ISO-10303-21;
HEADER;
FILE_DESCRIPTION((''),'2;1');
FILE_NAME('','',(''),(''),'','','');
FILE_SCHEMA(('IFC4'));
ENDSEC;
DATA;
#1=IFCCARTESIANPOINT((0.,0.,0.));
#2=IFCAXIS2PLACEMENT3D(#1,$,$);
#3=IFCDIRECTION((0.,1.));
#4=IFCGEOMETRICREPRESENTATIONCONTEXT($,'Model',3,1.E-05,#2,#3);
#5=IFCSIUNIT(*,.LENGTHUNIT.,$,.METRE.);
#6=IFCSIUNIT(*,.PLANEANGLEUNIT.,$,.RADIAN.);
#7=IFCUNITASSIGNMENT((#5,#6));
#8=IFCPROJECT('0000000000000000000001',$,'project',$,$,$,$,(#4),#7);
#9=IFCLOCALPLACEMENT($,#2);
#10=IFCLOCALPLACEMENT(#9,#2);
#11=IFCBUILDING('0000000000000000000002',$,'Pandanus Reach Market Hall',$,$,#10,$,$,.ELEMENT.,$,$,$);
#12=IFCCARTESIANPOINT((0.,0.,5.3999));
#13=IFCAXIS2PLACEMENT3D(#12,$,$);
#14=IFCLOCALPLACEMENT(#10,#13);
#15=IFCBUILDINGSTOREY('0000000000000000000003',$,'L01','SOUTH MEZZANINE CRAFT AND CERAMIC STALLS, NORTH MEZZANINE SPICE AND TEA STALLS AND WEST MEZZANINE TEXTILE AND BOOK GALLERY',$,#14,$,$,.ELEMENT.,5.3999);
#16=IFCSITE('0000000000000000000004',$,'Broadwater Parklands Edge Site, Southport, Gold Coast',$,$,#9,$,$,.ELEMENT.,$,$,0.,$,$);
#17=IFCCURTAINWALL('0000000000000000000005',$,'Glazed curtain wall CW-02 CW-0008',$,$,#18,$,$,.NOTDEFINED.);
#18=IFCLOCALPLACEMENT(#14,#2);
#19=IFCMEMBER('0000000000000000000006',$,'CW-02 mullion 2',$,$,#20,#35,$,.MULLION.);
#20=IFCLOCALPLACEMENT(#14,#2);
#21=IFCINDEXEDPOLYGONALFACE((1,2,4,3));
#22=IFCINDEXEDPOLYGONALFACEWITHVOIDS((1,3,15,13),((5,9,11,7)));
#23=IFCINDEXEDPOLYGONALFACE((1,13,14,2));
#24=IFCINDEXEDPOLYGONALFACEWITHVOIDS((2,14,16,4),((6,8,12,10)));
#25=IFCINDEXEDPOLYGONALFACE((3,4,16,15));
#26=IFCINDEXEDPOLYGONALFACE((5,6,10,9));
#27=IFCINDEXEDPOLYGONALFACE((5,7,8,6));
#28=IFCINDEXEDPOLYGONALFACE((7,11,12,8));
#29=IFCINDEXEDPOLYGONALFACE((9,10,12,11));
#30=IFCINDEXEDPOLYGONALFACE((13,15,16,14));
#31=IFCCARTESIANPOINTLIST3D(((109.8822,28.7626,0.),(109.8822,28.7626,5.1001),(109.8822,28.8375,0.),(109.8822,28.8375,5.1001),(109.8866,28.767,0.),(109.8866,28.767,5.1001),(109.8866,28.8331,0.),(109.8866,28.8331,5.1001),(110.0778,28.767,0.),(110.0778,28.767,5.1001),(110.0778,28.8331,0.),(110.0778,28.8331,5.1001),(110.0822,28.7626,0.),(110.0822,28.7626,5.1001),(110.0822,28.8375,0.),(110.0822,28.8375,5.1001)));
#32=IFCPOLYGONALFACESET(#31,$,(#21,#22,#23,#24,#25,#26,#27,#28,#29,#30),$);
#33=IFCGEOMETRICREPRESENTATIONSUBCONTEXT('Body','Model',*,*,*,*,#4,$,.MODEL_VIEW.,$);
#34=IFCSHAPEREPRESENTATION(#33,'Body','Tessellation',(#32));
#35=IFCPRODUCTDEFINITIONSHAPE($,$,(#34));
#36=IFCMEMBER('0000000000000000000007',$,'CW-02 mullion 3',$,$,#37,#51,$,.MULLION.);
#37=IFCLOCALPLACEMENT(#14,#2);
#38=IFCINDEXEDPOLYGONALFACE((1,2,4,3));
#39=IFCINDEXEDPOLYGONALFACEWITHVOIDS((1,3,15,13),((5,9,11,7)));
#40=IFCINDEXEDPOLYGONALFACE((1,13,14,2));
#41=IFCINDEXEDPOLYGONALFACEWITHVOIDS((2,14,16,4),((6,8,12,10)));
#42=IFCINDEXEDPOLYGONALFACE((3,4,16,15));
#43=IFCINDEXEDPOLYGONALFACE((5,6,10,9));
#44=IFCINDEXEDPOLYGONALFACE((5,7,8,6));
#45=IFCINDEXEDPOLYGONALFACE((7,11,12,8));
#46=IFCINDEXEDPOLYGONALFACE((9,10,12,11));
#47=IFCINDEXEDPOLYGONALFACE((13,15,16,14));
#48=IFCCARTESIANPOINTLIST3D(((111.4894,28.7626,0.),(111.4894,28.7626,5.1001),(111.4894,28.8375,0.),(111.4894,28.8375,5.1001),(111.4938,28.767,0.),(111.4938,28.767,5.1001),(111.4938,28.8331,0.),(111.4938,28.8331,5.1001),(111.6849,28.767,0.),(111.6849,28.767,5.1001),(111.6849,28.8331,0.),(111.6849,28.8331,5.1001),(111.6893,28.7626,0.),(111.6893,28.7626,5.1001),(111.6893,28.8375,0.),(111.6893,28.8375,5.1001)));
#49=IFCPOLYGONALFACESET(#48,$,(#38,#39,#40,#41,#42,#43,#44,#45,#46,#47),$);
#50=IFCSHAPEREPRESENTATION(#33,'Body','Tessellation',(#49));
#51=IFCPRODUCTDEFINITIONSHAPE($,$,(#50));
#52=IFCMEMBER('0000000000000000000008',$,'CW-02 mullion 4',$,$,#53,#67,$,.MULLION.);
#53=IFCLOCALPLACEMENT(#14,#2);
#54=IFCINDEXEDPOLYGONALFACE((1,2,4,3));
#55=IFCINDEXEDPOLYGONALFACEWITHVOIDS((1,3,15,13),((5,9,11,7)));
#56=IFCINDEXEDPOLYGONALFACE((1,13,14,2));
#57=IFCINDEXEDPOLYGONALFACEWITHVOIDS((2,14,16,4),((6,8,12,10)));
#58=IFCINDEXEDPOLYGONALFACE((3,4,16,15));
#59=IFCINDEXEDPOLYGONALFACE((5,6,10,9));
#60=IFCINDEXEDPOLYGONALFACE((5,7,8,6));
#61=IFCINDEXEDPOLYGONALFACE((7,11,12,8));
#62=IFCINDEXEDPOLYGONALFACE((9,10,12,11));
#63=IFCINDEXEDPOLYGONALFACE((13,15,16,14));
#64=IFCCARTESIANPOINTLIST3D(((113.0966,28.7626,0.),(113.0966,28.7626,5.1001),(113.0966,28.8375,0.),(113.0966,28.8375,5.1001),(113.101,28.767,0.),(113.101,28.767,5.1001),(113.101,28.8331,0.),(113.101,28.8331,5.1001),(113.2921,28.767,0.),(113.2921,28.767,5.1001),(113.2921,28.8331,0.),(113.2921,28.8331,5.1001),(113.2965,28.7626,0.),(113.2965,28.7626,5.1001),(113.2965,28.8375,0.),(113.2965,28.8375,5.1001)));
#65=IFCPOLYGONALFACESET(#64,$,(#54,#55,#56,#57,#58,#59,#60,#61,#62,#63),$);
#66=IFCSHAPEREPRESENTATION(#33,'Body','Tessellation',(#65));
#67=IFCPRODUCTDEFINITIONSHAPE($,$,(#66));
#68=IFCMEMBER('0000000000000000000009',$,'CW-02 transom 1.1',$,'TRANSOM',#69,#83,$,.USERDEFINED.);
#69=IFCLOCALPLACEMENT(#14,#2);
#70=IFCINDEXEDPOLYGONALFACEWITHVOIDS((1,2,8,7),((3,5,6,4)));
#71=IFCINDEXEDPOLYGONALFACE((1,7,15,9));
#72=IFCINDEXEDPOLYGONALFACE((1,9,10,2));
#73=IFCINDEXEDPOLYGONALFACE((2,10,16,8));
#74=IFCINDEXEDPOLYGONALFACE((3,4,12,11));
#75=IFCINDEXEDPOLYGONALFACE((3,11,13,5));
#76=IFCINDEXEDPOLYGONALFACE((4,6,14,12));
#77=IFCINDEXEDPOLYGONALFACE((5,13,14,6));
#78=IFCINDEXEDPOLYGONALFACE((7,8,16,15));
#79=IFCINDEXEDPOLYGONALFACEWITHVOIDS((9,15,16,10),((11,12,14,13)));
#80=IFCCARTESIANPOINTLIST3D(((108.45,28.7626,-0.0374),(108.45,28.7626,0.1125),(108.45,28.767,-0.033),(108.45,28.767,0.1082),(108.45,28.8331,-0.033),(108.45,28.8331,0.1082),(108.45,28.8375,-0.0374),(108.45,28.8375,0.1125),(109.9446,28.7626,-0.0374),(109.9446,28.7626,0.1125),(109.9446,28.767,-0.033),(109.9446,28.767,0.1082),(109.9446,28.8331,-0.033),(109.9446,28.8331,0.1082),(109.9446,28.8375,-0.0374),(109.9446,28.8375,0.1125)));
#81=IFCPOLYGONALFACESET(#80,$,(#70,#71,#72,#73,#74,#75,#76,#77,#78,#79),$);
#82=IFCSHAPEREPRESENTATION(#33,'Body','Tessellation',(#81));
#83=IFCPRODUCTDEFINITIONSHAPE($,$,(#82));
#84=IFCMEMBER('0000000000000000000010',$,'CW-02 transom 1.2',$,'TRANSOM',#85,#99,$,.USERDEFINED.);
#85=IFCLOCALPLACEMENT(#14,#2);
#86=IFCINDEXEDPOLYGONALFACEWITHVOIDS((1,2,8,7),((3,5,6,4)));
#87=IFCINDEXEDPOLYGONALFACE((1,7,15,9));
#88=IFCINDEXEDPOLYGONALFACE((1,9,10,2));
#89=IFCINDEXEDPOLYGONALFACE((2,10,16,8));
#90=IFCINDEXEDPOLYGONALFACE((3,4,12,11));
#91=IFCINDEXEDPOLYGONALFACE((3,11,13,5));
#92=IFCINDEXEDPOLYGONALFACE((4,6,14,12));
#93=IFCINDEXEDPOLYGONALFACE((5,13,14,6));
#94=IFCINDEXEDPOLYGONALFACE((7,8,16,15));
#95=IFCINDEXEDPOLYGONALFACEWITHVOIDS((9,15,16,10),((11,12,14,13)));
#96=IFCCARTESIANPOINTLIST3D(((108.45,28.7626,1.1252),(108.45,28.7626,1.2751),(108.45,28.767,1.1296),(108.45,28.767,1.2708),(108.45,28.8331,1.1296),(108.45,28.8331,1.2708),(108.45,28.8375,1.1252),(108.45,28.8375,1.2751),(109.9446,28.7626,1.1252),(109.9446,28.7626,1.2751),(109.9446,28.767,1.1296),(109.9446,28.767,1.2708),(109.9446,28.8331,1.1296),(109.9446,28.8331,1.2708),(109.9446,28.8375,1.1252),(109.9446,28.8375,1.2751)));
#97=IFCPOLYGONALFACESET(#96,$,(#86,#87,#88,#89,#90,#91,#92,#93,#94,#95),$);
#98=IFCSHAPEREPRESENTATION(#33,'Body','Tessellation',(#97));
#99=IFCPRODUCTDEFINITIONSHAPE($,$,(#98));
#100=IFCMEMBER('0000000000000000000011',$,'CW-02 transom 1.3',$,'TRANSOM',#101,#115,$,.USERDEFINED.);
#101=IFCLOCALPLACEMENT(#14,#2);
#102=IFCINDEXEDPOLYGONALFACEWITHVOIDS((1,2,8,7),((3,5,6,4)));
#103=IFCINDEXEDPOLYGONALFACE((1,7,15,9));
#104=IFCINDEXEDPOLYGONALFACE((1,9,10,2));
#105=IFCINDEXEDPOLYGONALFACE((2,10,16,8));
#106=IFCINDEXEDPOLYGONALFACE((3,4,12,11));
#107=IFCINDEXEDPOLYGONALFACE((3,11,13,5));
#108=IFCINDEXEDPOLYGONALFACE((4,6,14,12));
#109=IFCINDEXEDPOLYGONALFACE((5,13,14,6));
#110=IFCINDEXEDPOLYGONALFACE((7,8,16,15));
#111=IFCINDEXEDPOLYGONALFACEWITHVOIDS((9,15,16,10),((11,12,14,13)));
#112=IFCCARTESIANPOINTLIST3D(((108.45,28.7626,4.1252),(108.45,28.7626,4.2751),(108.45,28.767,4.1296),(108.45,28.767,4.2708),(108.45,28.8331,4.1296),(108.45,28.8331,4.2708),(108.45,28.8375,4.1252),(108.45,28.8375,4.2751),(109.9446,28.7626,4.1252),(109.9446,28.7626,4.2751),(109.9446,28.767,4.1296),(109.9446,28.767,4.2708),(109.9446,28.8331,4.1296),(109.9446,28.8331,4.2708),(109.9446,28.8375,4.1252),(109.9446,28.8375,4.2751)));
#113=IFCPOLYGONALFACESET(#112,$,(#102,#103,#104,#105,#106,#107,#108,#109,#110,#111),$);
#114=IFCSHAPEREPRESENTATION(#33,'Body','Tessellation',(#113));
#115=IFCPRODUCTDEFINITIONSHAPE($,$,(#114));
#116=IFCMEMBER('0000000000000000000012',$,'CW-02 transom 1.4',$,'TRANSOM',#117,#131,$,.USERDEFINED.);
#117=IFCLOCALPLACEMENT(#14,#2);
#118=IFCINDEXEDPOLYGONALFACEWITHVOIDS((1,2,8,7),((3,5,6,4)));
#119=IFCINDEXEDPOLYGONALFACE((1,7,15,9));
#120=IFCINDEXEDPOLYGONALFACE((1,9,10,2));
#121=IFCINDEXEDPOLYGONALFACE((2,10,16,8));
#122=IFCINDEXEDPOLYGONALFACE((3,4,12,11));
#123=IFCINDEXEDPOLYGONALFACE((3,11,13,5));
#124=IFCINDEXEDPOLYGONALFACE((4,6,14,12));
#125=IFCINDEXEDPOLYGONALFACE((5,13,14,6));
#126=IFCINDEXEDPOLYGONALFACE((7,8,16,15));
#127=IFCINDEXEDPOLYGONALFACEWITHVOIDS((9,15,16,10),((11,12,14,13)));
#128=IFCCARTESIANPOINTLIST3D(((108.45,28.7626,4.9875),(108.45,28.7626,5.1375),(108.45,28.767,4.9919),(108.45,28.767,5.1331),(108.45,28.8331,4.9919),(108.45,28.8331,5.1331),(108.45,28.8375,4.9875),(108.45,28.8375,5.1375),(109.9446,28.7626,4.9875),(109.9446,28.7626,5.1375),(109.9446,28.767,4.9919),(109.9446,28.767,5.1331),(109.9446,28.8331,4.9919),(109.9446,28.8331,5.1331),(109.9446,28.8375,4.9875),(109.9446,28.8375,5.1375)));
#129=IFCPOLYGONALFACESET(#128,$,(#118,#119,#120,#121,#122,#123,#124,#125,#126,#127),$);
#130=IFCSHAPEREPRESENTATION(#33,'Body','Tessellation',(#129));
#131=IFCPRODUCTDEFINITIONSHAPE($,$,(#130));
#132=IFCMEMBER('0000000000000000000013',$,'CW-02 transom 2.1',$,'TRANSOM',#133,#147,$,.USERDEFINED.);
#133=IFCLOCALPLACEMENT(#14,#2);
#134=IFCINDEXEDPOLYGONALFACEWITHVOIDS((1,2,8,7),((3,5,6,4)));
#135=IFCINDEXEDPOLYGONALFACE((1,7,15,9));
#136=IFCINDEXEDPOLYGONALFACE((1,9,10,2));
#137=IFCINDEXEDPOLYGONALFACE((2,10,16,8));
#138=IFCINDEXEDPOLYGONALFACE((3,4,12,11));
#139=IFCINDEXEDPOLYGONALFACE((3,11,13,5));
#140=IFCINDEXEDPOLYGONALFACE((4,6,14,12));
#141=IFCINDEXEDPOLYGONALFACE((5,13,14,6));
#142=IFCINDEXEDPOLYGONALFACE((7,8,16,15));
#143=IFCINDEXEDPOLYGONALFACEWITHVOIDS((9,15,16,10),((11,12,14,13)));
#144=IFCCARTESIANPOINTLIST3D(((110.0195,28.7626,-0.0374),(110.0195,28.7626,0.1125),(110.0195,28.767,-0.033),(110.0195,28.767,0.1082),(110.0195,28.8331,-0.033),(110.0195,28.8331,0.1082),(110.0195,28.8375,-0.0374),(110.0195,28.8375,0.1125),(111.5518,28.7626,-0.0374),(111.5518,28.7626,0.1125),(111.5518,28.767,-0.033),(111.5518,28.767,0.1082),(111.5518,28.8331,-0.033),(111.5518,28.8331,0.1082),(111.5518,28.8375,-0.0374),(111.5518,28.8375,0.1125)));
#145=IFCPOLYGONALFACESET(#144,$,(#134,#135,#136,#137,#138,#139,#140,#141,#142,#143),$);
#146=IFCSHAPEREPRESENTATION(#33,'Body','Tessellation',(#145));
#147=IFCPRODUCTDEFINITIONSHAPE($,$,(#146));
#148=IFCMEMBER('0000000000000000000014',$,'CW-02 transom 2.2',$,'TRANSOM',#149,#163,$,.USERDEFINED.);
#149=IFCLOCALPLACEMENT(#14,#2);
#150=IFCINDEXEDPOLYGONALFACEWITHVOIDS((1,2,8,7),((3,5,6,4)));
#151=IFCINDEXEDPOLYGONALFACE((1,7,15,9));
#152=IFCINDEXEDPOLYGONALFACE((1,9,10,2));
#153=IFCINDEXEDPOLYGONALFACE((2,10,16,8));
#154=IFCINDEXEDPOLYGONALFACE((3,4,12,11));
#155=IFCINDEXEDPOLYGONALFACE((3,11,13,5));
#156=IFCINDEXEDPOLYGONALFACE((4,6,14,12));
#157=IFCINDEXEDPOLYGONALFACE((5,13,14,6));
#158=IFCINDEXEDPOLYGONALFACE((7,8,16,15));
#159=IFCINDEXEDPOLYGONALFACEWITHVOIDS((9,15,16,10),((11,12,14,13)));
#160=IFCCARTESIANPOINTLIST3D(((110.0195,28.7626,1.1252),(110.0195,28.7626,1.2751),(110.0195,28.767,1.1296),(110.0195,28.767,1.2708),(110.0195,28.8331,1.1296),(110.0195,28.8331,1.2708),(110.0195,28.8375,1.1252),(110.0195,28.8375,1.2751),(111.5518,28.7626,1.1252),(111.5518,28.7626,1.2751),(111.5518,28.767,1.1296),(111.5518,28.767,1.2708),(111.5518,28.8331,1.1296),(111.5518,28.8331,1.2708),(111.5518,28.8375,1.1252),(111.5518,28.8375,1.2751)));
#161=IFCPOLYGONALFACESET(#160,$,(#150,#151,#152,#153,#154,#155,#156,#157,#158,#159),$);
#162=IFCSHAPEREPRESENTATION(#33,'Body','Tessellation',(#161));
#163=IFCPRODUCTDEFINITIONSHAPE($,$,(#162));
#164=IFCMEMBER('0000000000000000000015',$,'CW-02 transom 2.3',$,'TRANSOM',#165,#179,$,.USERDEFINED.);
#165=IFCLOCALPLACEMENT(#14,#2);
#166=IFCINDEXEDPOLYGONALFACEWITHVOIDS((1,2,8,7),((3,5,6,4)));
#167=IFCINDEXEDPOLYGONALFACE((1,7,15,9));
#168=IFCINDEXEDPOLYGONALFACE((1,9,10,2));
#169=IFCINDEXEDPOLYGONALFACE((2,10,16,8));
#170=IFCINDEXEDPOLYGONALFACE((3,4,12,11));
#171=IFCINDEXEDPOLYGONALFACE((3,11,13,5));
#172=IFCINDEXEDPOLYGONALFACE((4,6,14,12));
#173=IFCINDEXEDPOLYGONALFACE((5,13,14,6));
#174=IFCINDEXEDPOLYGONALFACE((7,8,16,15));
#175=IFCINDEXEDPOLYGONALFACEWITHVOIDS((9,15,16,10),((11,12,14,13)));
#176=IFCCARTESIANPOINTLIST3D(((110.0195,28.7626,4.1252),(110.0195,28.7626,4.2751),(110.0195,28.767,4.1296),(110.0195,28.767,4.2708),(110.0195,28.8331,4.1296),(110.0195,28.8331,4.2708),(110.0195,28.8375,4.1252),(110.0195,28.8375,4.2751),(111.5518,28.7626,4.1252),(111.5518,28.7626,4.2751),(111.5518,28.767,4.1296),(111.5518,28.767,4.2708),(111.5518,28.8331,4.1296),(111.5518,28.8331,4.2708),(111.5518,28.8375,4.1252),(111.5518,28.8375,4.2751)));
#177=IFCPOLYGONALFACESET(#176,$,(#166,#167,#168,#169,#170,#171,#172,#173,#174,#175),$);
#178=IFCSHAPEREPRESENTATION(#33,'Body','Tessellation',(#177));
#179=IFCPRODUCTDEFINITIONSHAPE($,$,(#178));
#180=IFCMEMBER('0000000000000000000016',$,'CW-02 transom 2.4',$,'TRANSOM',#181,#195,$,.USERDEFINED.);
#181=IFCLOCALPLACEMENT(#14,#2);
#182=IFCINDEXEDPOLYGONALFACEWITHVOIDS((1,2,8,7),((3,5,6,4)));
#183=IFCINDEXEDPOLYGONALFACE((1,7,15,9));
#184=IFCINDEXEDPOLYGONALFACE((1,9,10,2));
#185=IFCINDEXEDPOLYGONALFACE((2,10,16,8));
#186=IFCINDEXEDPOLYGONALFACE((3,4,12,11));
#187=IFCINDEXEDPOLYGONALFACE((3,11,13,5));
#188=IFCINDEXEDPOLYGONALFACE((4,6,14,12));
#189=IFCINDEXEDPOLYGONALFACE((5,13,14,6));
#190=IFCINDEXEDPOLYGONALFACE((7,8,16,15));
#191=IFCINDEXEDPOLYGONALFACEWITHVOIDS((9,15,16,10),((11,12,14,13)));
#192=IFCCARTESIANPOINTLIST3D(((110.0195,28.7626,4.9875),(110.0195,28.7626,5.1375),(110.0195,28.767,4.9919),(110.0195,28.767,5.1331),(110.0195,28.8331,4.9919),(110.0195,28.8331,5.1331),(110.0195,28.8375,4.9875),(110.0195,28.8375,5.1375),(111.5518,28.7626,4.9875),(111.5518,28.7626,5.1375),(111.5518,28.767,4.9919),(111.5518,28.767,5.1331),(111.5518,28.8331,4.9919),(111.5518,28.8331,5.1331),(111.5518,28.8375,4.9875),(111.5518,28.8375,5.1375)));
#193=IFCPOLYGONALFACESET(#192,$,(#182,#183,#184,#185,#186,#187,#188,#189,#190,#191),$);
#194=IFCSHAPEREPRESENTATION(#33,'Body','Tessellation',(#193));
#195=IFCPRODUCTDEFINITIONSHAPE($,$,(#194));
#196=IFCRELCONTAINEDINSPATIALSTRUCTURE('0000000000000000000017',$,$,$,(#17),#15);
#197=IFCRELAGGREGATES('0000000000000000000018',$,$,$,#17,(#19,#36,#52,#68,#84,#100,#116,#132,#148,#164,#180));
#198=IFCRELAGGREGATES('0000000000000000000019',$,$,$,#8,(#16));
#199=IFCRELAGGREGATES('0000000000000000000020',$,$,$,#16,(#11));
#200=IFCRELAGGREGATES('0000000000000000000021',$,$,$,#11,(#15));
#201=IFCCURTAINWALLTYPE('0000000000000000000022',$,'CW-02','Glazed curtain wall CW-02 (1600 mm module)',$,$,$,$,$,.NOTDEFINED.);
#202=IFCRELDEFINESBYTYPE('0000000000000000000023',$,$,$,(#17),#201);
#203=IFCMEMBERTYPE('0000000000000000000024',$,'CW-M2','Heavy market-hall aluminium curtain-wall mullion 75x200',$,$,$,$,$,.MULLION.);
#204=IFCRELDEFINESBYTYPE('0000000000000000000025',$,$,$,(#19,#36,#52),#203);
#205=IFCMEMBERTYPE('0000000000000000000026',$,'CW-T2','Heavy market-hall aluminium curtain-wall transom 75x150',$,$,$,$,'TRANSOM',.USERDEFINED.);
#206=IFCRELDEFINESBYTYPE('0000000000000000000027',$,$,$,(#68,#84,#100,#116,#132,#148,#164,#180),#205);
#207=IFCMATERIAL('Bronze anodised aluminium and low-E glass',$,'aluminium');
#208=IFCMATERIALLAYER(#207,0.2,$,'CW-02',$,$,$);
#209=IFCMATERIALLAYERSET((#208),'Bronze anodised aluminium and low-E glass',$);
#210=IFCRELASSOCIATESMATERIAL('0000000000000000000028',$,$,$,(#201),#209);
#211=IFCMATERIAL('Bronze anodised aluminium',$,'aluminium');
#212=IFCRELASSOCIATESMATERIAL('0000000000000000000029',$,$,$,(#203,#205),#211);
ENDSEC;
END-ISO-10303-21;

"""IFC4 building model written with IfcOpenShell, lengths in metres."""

from ifc_helpers import new_model, si_unit, direction, frame, origin, origin_2d, place, context, subcontext, project, spatial, hollow_rectangle, extrude, material, layer, layer_set, material_profile, profile_set, type_object, element, aggregate, save


model = new_model("IFC4")

# Units and contexts
model_context = context("Model", 3, precision=1e-05, world=origin(), true_north=direction((0.0, 1.0)))
body_context = subcontext(model_context, "Body", "Model", "MODEL_VIEW")
ifc_project = project(units=[si_unit("LENGTHUNIT", "METRE"), si_unit("PLANEANGLEUNIT", "RADIAN")], contexts=[model_context])

# Site, building, storey
site_placement = place(None, origin())
site = spatial("IfcSite", under=ifc_project, at=site_placement, Name="Broadwater Parklands Edge Site, Southport, Gold Coast", CompositionType="ELEMENT", RefElevation=0.0)
building_placement = place(site_placement, origin())
building = spatial("IfcBuilding", under=site, at=building_placement, Name="Pandanus Reach Market Hall", CompositionType="ELEMENT")
storey_placement = place(building_placement, frame((0.0, 0.0, 5.3999)))
storey = spatial("IfcBuildingStorey", under=building, at=storey_placement, Name="L01", Description="SOUTH MEZZANINE CRAFT AND CERAMIC STALLS, NORTH MEZZANINE SPICE AND TEA STALLS AND WEST MEZZANINE TEXTILE AND BOOK GALLERY", CompositionType="ELEMENT", Elevation=5.3999)

# Curtain wall, members
ifc_material_1 = material(Name="Bronze anodised aluminium and low-E glass", Category="aluminium")
ifc_layer_1 = layer(ifc_material_1, 0.2, Name="CW-02")
ifc_layer_set_1 = layer_set([ifc_layer_1], Name="Bronze anodised aluminium and low-E glass")
curtain_wall_type = type_object("IfcCurtainWallType", Name="CW-02", Description="Glazed curtain wall CW-02 (1600 mm module)", PredefinedType="NOTDEFINED", material=ifc_layer_set_1)
curtain_wall_placement = place(storey_placement, origin())
curtain_wall = element("IfcCurtainWall", 1, at=curtain_wall_placement, inside=storey, type_object=curtain_wall_type, Name="Glazed curtain wall CW-02 CW-0008", PredefinedType="NOTDEFINED")
ifc_material_2 = material(Name="Bronze anodised aluminium", Category="aluminium")
ifc_material_profile_1 = material_profile(ifc_material_2, hollow_rectangle(XDim=0.075, YDim=0.2, WallThickness=0.0044, at=origin_2d()), Name="ALU75x200", Category="LoadBearing")
ifc_profile_set_1 = profile_set([ifc_material_profile_1], Name="Bronze anodised aluminium")
member_type_1 = type_object("IfcMemberType", Name="CW-M2", Description="Heavy market-hall aluminium curtain-wall mullion 75x200", PredefinedType="MULLION", material=ifc_profile_set_1)
member_1_placement = place(storey_placement, frame((109.9822, 28.8, 0.0), z_axis=(0.0, 0.0, 1.0), x_axis=(0.0, 1.0, 0.0)))
member_1 = element("IfcMember", 2, at=member_1_placement, type_object=member_type_1, Name="CW-02 mullion 2", PredefinedType="MULLION", context=body_context, shape_type="SweptSolid", body=[
    extrude(hollow_rectangle(XDim=0.075, YDim=0.2, WallThickness=0.0044, at=origin_2d()), origin(), (0.0, 0.0, 1.0), 5.1001),
])
member_2_placement = place(storey_placement, frame((111.5894, 28.8, 0.0), z_axis=(0.0, 0.0, 1.0), x_axis=(0.0, 1.0, 0.0)))
member_2 = element("IfcMember", 3, at=member_2_placement, type_object=member_type_1, Name="CW-02 mullion 3", PredefinedType="MULLION", context=body_context, shape_type="SweptSolid", body=[
    extrude(hollow_rectangle(XDim=0.075, YDim=0.2, WallThickness=0.0044, at=origin_2d()), origin(), (0.0, 0.0, 1.0), 5.1001),
])
member_3_placement = place(storey_placement, frame((113.1965, 28.8, 0.0), z_axis=(0.0, 0.0, 1.0), x_axis=(0.0, 1.0, 0.0)))
member_3 = element("IfcMember", 4, at=member_3_placement, type_object=member_type_1, Name="CW-02 mullion 4", PredefinedType="MULLION", context=body_context, shape_type="SweptSolid", body=[
    extrude(hollow_rectangle(XDim=0.075, YDim=0.2, WallThickness=0.0044, at=origin_2d()), origin(), (0.0, 0.0, 1.0), 5.1001),
])
ifc_material_profile_2 = material_profile(ifc_material_2, hollow_rectangle(XDim=0.075, YDim=0.1499, WallThickness=0.0044, at=origin_2d()), Name="ALU75x150", Category="LoadBearing")
ifc_profile_set_2 = profile_set([ifc_material_profile_2], Name="Bronze anodised aluminium")
member_type_2 = type_object("IfcMemberType", Name="CW-T2", Description="Heavy market-hall aluminium curtain-wall transom 75x150", ElementType="TRANSOM", PredefinedType="USERDEFINED", material=ifc_profile_set_2)
member_4_placement = place(storey_placement, frame((108.45, 28.8, 0.0376), z_axis=(1.0, 0.0, 0.0), x_axis=(0.0, 1.0, 0.0)))
member_4 = element("IfcMember", 5, at=member_4_placement, type_object=member_type_2, Name="CW-02 transom 1.1", ObjectType="TRANSOM", PredefinedType="USERDEFINED", context=body_context, shape_type="SweptSolid", body=[
    extrude(hollow_rectangle(XDim=0.075, YDim=0.1499, WallThickness=0.0044, at=origin_2d()), origin(), (0.0, 0.0, 1.0), 1.4946),
])
member_5_placement = place(storey_placement, frame((108.45, 28.8, 1.2002), z_axis=(1.0, 0.0, 0.0), x_axis=(0.0, 1.0, 0.0)))
member_5 = element("IfcMember", 6, at=member_5_placement, type_object=member_type_2, Name="CW-02 transom 1.2", ObjectType="TRANSOM", PredefinedType="USERDEFINED", context=body_context, shape_type="SweptSolid", body=[
    extrude(hollow_rectangle(XDim=0.075, YDim=0.1499, WallThickness=0.0044, at=origin_2d()), origin(), (0.0, 0.0, 1.0), 1.4946),
])
member_6_placement = place(storey_placement, frame((108.45, 28.8, 4.2002), z_axis=(1.0, 0.0, 0.0), x_axis=(0.0, 1.0, 0.0)))
member_6 = element("IfcMember", 7, at=member_6_placement, type_object=member_type_2, Name="CW-02 transom 1.3", ObjectType="TRANSOM", PredefinedType="USERDEFINED", context=body_context, shape_type="SweptSolid", body=[
    extrude(hollow_rectangle(XDim=0.075, YDim=0.1499, WallThickness=0.0044, at=origin_2d()), origin(), (0.0, 0.0, 1.0), 1.4946),
])
member_7_placement = place(storey_placement, frame((108.45, 28.8, 5.0625), z_axis=(1.0, 0.0, 0.0), x_axis=(0.0, 1.0, 0.0)))
member_7 = element("IfcMember", 8, at=member_7_placement, type_object=member_type_2, Name="CW-02 transom 1.4", ObjectType="TRANSOM", PredefinedType="USERDEFINED", context=body_context, shape_type="SweptSolid", body=[
    extrude(hollow_rectangle(XDim=0.075, YDim=0.1499, WallThickness=0.0044, at=origin_2d()), origin(), (0.0, 0.0, 1.0), 1.4946),
])
member_8_placement = place(storey_placement, frame((110.0195, 28.8, 0.0376), z_axis=(1.0, 0.0, 0.0), x_axis=(0.0, 1.0, 0.0)))
member_8 = element("IfcMember", 9, at=member_8_placement, type_object=member_type_2, Name="CW-02 transom 2.1", ObjectType="TRANSOM", PredefinedType="USERDEFINED", context=body_context, shape_type="SweptSolid", body=[
    extrude(hollow_rectangle(XDim=0.075, YDim=0.1499, WallThickness=0.0044, at=origin_2d()), origin(), (0.0, 0.0, 1.0), 1.5322),
])
member_9_placement = place(storey_placement, frame((110.0195, 28.8, 1.2002), z_axis=(1.0, 0.0, 0.0), x_axis=(0.0, 1.0, 0.0)))
member_9 = element("IfcMember", 10, at=member_9_placement, type_object=member_type_2, Name="CW-02 transom 2.2", ObjectType="TRANSOM", PredefinedType="USERDEFINED", context=body_context, shape_type="SweptSolid", body=[
    extrude(hollow_rectangle(XDim=0.075, YDim=0.1499, WallThickness=0.0044, at=origin_2d()), origin(), (0.0, 0.0, 1.0), 1.5322),
])
member_10_placement = place(storey_placement, frame((110.0195, 28.8, 4.2002), z_axis=(1.0, 0.0, 0.0), x_axis=(0.0, 1.0, 0.0)))
member_10 = element("IfcMember", 11, at=member_10_placement, type_object=member_type_2, Name="CW-02 transom 2.3", ObjectType="TRANSOM", PredefinedType="USERDEFINED", context=body_context, shape_type="SweptSolid", body=[
    extrude(hollow_rectangle(XDim=0.075, YDim=0.1499, WallThickness=0.0044, at=origin_2d()), origin(), (0.0, 0.0, 1.0), 1.5322),
])
member_11_placement = place(storey_placement, frame((110.0195, 28.8, 5.0625), z_axis=(1.0, 0.0, 0.0), x_axis=(0.0, 1.0, 0.0)))
member_11 = element("IfcMember", 12, at=member_11_placement, type_object=member_type_2, Name="CW-02 transom 2.4", ObjectType="TRANSOM", PredefinedType="USERDEFINED", context=body_context, shape_type="SweptSolid", body=[
    extrude(hollow_rectangle(XDim=0.075, YDim=0.1499, WallThickness=0.0044, at=origin_2d()), origin(), (0.0, 0.0, 1.0), 1.5322),
])

aggregate(curtain_wall, [member_1, member_2, member_3, member_4, member_5, member_6, member_7, member_8, member_9, member_10, member_11])

save(model, "model.ifc")
